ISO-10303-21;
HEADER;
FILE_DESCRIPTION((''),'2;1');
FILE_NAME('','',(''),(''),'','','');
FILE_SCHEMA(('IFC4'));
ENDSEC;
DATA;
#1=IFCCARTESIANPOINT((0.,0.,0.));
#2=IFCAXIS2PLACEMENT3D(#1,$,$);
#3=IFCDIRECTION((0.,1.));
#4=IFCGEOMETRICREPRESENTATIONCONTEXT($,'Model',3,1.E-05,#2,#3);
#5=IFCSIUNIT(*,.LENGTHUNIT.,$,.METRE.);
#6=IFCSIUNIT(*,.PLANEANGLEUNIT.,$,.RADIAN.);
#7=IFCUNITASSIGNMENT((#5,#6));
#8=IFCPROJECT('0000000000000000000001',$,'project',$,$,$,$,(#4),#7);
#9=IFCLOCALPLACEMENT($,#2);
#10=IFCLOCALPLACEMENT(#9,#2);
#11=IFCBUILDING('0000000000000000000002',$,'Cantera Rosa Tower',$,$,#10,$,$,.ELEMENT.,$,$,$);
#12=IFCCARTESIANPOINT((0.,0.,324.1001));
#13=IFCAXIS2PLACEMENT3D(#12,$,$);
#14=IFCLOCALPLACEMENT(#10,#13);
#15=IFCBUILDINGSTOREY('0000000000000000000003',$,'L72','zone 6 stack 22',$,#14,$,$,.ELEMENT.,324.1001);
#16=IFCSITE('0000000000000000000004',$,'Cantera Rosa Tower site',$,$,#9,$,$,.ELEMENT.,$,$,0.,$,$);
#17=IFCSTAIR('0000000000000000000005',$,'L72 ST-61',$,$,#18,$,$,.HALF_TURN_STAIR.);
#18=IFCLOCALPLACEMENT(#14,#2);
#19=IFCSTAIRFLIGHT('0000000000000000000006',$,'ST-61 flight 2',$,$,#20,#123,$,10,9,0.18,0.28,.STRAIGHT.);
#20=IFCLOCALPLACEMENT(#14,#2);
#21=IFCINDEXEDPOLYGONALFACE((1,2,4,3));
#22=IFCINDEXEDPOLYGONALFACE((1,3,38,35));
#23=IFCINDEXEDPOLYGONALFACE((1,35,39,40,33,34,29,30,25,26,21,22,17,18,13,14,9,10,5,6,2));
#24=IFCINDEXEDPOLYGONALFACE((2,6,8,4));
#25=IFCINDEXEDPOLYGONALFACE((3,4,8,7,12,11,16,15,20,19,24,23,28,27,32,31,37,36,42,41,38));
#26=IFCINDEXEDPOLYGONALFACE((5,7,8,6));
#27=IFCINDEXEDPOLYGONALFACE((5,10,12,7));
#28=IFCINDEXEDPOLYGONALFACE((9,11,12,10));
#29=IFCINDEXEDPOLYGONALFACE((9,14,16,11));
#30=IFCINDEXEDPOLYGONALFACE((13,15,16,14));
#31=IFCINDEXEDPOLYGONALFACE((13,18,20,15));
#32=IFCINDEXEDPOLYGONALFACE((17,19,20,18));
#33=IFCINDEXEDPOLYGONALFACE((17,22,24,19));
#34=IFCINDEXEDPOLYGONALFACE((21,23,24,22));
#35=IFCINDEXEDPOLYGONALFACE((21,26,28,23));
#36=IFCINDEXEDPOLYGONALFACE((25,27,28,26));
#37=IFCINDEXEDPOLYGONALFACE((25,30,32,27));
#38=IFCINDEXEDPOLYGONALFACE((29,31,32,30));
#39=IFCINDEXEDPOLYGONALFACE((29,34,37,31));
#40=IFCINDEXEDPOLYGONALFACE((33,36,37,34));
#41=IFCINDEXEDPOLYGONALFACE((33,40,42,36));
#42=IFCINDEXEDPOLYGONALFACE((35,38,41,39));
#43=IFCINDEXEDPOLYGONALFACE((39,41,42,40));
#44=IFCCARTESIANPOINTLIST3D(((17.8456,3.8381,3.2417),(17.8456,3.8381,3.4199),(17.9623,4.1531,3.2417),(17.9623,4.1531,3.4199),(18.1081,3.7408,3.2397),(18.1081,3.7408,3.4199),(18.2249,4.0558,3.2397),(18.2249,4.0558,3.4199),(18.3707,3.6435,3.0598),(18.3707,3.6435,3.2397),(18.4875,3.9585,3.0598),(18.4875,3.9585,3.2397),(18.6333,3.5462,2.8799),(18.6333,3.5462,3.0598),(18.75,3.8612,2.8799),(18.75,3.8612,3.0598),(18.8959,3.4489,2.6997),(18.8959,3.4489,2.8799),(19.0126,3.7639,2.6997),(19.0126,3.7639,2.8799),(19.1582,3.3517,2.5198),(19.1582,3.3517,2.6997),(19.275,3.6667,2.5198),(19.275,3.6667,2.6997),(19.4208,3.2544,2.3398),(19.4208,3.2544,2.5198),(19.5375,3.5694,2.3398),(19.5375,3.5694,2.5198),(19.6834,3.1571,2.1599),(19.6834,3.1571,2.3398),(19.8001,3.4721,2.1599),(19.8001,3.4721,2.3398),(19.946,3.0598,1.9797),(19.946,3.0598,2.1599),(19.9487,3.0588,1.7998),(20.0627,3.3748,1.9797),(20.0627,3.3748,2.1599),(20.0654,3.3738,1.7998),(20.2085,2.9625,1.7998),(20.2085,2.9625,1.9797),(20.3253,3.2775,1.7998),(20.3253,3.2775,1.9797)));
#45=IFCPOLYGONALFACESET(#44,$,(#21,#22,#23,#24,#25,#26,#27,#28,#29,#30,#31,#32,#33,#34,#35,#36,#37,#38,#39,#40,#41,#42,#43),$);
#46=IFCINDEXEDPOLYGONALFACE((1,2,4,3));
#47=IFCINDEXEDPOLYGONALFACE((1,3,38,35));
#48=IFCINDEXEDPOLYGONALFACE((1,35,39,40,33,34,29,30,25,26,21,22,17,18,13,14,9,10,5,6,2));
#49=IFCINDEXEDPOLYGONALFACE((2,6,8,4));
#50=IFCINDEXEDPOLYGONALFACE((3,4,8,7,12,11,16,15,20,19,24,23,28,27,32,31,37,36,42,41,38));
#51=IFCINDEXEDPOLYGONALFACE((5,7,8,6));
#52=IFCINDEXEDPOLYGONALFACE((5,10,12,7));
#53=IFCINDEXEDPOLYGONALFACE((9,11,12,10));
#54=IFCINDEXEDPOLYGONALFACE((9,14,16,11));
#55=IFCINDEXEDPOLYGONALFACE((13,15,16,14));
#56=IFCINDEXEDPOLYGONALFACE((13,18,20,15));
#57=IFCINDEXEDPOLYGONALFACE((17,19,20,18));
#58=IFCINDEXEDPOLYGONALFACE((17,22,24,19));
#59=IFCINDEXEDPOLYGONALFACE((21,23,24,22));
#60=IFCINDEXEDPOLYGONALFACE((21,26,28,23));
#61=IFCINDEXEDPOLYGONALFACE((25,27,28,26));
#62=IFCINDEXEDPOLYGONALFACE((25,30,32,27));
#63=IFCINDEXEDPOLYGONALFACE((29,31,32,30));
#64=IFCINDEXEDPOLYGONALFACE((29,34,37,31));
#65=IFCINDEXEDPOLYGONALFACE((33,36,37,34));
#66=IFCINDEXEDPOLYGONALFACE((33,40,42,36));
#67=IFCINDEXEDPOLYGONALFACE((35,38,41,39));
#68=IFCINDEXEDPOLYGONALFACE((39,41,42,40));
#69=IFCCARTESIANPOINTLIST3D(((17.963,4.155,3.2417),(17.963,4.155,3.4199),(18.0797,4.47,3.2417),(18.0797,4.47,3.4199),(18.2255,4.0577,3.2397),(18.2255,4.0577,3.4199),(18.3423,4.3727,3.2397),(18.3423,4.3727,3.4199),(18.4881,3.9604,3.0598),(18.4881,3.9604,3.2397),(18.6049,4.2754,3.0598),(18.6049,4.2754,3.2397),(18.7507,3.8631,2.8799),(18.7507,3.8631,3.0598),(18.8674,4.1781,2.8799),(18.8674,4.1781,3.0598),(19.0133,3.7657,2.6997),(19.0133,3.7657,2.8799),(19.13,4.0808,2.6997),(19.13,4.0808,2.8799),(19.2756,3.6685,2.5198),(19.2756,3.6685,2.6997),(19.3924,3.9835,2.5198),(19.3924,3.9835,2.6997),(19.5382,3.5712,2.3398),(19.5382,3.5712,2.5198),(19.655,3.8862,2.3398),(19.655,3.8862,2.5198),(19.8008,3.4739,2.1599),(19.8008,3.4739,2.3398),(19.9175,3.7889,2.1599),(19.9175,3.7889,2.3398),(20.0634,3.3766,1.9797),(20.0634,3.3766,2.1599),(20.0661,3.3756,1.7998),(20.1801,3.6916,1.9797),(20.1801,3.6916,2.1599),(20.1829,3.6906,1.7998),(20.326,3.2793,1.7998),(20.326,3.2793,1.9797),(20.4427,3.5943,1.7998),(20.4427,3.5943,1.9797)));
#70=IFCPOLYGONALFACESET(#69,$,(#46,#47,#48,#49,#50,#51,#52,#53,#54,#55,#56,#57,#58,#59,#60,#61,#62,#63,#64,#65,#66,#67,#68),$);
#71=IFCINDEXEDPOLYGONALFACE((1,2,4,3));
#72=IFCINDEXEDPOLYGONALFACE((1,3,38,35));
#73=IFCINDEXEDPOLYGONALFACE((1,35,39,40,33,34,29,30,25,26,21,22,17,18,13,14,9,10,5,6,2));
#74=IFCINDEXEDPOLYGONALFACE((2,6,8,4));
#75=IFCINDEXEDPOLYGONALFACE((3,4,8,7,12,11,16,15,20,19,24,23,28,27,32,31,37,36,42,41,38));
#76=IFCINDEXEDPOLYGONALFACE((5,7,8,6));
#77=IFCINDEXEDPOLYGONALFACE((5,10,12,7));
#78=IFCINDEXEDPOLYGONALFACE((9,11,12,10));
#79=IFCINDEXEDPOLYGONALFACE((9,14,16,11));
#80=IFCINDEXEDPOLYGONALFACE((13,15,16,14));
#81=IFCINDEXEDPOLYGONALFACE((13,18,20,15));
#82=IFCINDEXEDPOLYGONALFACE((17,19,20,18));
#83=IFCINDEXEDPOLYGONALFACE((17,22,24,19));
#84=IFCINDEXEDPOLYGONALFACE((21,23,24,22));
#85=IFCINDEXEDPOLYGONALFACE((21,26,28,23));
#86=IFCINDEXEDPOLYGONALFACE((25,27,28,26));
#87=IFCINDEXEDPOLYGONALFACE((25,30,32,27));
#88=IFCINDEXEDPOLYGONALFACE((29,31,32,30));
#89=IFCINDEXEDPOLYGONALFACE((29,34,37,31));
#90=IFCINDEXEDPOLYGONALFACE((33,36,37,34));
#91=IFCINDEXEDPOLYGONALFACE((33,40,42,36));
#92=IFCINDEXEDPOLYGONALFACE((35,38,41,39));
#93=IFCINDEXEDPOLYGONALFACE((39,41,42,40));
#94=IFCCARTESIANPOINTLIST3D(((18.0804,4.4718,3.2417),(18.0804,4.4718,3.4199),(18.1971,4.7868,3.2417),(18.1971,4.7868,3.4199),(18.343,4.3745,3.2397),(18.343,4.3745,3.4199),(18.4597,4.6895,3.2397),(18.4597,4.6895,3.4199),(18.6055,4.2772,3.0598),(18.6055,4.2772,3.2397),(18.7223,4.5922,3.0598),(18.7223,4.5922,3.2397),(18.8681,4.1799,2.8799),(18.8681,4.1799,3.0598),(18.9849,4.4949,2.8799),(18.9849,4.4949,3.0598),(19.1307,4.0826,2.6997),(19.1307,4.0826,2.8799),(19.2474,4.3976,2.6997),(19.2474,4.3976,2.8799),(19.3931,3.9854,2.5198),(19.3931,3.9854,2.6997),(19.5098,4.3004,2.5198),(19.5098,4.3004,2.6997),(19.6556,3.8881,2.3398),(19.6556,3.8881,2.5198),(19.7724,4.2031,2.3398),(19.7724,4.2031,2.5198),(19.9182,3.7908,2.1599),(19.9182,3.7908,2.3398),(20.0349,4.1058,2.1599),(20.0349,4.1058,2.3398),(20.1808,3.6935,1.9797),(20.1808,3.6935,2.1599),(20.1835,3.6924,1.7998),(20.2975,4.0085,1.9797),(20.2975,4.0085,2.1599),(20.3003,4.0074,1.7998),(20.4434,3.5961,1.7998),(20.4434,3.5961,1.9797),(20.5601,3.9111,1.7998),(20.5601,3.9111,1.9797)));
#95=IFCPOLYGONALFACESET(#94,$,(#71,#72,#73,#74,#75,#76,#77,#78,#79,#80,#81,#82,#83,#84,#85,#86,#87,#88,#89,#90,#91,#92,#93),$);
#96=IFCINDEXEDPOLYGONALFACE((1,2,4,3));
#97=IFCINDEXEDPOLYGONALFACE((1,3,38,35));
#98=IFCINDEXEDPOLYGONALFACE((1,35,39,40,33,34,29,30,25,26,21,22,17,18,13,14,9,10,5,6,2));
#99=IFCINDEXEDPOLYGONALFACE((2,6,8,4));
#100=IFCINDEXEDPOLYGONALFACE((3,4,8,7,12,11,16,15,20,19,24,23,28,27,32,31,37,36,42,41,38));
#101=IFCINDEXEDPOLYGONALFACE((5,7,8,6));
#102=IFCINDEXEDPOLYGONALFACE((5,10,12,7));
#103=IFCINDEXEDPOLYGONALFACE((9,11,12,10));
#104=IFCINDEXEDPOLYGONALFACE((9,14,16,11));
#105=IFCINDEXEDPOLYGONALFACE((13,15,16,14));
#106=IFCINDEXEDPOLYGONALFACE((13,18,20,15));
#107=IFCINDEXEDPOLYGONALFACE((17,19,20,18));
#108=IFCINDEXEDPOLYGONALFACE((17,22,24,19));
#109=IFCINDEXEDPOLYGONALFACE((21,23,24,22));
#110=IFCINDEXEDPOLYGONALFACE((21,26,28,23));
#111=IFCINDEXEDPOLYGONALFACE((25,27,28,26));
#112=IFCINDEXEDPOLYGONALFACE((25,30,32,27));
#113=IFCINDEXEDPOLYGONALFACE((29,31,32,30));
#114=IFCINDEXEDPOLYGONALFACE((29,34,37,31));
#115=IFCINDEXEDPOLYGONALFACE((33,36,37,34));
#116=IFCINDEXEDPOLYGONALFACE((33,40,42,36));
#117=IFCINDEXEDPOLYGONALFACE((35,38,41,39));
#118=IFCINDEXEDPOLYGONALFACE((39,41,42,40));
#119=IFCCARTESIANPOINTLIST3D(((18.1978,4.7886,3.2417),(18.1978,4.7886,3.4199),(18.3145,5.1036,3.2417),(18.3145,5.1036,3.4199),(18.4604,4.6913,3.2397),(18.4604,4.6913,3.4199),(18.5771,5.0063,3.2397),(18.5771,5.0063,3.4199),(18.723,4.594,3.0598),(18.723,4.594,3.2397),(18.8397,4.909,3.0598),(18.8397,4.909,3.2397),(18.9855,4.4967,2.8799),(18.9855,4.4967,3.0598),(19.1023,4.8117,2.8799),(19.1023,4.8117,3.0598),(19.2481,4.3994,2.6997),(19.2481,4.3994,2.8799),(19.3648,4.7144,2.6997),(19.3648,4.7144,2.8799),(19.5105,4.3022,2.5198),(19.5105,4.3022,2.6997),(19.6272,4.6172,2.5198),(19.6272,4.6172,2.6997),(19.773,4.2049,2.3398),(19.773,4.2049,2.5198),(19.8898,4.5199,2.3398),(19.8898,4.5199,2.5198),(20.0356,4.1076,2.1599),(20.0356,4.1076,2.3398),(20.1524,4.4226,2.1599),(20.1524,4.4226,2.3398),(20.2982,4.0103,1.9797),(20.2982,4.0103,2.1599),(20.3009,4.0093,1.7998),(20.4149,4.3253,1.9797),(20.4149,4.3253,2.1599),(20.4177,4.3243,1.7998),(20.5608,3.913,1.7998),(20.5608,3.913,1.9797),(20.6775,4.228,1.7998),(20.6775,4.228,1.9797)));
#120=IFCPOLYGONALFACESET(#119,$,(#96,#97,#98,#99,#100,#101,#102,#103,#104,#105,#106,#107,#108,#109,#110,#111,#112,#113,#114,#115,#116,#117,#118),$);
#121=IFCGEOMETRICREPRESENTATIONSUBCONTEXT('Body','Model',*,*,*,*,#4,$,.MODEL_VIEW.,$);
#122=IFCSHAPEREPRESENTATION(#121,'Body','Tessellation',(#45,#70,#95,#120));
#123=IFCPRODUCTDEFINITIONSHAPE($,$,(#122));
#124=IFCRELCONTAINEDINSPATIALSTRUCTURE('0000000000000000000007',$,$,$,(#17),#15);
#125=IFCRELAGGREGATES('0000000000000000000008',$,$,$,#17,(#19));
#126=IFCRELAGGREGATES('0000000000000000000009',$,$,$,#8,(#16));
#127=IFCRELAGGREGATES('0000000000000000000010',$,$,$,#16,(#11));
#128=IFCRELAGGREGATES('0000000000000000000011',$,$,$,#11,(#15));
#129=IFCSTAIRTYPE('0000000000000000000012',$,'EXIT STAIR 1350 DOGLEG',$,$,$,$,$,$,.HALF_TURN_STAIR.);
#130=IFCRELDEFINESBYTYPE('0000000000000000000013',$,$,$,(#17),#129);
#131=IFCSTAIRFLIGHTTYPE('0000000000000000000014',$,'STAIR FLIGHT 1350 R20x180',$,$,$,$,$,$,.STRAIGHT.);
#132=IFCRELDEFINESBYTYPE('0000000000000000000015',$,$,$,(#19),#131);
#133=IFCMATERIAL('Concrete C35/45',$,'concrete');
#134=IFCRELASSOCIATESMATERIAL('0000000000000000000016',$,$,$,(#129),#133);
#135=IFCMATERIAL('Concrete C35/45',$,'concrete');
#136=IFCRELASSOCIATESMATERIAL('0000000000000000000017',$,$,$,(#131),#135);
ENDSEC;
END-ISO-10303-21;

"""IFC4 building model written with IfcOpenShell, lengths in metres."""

from ifc_helpers import new_model, si_unit, direction, frame, origin, place, context, subcontext, project, spatial, polyline, outline, extrude, material, type_object, element, aggregate, save


model = new_model("IFC4")

# Units and contexts
model_context = context("Model", 3, precision=1e-05, world=origin(), true_north=direction((0.0, 1.0)))
body_context = subcontext(model_context, "Body", "Model", "MODEL_VIEW")
ifc_project = project(units=[si_unit("LENGTHUNIT", "METRE"), si_unit("PLANEANGLEUNIT", "RADIAN")], contexts=[model_context])

# Site, building, storey
site_placement = place(None, origin())
site = spatial("IfcSite", under=ifc_project, at=site_placement, Name="Cantera Rosa Tower site", CompositionType="ELEMENT", RefElevation=0.0)
building_placement = place(site_placement, origin())
building = spatial("IfcBuilding", under=site, at=building_placement, Name="Cantera Rosa Tower", CompositionType="ELEMENT")
storey_placement = place(building_placement, frame((0.0, 0.0, 324.1001)))
storey = spatial("IfcBuildingStorey", under=building, at=storey_placement, Name="L72", Description="zone 6 stack 22", CompositionType="ELEMENT", Elevation=324.1001)

# Stair, stair flight
ifc_material_1 = material(Name="Concrete C35/45", Category="concrete")
stair_type = type_object("IfcStairType", Name="EXIT STAIR 1350 DOGLEG", PredefinedType="HALF_TURN_STAIR", material=ifc_material_1)
stair_placement = place(storey_placement, origin())
stair = element("IfcStair", 1, at=stair_placement, inside=storey, type_object=stair_type, Name="L72 ST-61", PredefinedType="HALF_TURN_STAIR")
ifc_material_2 = material(Name="Concrete C35/45", Category="concrete")
stair_flight_type = type_object("IfcStairFlightType", Name="STAIR FLIGHT 1350 R20x180", PredefinedType="STRAIGHT", material=ifc_material_2)
stair_flight_1_placement = place(storey_placement, frame((20.4431, 3.5955, 1.7998), z_axis=(0.0, 0.0, 1.0), x_axis=(-0.937687, 0.347481, 0.0)))
stair_flight_1 = element("IfcStairFlight", 2, at=stair_flight_1_placement, type_object=stair_flight_type, Name="ST-61 flight 2", NumberOfRisers=10, NumberOfTreads=9, PredefinedType="STRAIGHT", RiserHeight=0.18, TreadLength=0.28, context=body_context, shape_type="SweptSolid", body=[
    extrude(outline(polyline([(0.0, 0.0), (0.0, 0.1799), (0.28, 0.1799), (0.28, 0.3601), (0.5601, 0.3601), (0.5601, 0.54), (0.8401, 0.54), (0.8401, 0.72), (1.1201, 0.72), (1.1201, 0.8999), (1.3999, 0.8999), (1.3999, 1.0801), (1.6799, 1.0801), (1.6799, 1.26), (1.96, 1.26), (1.96, 1.4399), (2.24, 1.4399), (2.24, 1.6201), (2.52, 1.6201), (2.52, 1.8), (2.52, 1.4419), (0.2771, 0.0), (0.0, 0.0)])), frame((0.0, 0.675, 0.0), z_axis=(0.0, -1.0, 0.0), x_axis=(1.0, 0.0, 0.0)), (0.0, 0.0, 1.0), 0.3359),
    extrude(outline(polyline([(0.0, 0.0), (0.0, 0.1799), (0.28, 0.1799), (0.28, 0.3601), (0.5601, 0.3601), (0.5601, 0.54), (0.8401, 0.54), (0.8401, 0.72), (1.1201, 0.72), (1.1201, 0.8999), (1.3999, 0.8999), (1.3999, 1.0801), (1.6799, 1.0801), (1.6799, 1.26), (1.96, 1.26), (1.96, 1.4399), (2.24, 1.4399), (2.24, 1.6201), (2.52, 1.6201), (2.52, 1.8), (2.52, 1.4419), (0.2771, 0.0), (0.0, 0.0)])), frame((0.0, 0.3372, 0.0), z_axis=(0.0, -1.0, 0.0), x_axis=(1.0, 0.0, 0.0)), (0.0, 0.0, 1.0), 0.3359),
    extrude(outline(polyline([(0.0, 0.0), (0.0, 0.1799), (0.28, 0.1799), (0.28, 0.3601), (0.5601, 0.3601), (0.5601, 0.54), (0.8401, 0.54), (0.8401, 0.72), (1.1201, 0.72), (1.1201, 0.8999), (1.3999, 0.8999), (1.3999, 1.0801), (1.6799, 1.0801), (1.6799, 1.26), (1.96, 1.26), (1.96, 1.4399), (2.24, 1.4399), (2.24, 1.6201), (2.52, 1.6201), (2.52, 1.8), (2.52, 1.4419), (0.2771, 0.0), (0.0, 0.0)])), frame((0.0, -0.0007, 0.0), z_axis=(0.0, -1.0, 0.0), x_axis=(1.0, 0.0, 0.0)), (0.0, 0.0, 1.0), 0.3359),
    extrude(outline(polyline([(0.0, 0.0), (0.0, 0.1799), (0.28, 0.1799), (0.28, 0.3601), (0.5601, 0.3601), (0.5601, 0.54), (0.8401, 0.54), (0.8401, 0.72), (1.1201, 0.72), (1.1201, 0.8999), (1.3999, 0.8999), (1.3999, 1.0801), (1.6799, 1.0801), (1.6799, 1.26), (1.96, 1.26), (1.96, 1.4399), (2.24, 1.4399), (2.24, 1.6201), (2.52, 1.6201), (2.52, 1.8), (2.52, 1.4419), (0.2771, 0.0), (0.0, 0.0)])), frame((0.0, -0.3386, 0.0), z_axis=(0.0, -1.0, 0.0), x_axis=(1.0, 0.0, 0.0)), (0.0, 0.0, 1.0), 0.3359),
])
aggregate(stair, [stair_flight_1])

save(model, "model.ifc")
